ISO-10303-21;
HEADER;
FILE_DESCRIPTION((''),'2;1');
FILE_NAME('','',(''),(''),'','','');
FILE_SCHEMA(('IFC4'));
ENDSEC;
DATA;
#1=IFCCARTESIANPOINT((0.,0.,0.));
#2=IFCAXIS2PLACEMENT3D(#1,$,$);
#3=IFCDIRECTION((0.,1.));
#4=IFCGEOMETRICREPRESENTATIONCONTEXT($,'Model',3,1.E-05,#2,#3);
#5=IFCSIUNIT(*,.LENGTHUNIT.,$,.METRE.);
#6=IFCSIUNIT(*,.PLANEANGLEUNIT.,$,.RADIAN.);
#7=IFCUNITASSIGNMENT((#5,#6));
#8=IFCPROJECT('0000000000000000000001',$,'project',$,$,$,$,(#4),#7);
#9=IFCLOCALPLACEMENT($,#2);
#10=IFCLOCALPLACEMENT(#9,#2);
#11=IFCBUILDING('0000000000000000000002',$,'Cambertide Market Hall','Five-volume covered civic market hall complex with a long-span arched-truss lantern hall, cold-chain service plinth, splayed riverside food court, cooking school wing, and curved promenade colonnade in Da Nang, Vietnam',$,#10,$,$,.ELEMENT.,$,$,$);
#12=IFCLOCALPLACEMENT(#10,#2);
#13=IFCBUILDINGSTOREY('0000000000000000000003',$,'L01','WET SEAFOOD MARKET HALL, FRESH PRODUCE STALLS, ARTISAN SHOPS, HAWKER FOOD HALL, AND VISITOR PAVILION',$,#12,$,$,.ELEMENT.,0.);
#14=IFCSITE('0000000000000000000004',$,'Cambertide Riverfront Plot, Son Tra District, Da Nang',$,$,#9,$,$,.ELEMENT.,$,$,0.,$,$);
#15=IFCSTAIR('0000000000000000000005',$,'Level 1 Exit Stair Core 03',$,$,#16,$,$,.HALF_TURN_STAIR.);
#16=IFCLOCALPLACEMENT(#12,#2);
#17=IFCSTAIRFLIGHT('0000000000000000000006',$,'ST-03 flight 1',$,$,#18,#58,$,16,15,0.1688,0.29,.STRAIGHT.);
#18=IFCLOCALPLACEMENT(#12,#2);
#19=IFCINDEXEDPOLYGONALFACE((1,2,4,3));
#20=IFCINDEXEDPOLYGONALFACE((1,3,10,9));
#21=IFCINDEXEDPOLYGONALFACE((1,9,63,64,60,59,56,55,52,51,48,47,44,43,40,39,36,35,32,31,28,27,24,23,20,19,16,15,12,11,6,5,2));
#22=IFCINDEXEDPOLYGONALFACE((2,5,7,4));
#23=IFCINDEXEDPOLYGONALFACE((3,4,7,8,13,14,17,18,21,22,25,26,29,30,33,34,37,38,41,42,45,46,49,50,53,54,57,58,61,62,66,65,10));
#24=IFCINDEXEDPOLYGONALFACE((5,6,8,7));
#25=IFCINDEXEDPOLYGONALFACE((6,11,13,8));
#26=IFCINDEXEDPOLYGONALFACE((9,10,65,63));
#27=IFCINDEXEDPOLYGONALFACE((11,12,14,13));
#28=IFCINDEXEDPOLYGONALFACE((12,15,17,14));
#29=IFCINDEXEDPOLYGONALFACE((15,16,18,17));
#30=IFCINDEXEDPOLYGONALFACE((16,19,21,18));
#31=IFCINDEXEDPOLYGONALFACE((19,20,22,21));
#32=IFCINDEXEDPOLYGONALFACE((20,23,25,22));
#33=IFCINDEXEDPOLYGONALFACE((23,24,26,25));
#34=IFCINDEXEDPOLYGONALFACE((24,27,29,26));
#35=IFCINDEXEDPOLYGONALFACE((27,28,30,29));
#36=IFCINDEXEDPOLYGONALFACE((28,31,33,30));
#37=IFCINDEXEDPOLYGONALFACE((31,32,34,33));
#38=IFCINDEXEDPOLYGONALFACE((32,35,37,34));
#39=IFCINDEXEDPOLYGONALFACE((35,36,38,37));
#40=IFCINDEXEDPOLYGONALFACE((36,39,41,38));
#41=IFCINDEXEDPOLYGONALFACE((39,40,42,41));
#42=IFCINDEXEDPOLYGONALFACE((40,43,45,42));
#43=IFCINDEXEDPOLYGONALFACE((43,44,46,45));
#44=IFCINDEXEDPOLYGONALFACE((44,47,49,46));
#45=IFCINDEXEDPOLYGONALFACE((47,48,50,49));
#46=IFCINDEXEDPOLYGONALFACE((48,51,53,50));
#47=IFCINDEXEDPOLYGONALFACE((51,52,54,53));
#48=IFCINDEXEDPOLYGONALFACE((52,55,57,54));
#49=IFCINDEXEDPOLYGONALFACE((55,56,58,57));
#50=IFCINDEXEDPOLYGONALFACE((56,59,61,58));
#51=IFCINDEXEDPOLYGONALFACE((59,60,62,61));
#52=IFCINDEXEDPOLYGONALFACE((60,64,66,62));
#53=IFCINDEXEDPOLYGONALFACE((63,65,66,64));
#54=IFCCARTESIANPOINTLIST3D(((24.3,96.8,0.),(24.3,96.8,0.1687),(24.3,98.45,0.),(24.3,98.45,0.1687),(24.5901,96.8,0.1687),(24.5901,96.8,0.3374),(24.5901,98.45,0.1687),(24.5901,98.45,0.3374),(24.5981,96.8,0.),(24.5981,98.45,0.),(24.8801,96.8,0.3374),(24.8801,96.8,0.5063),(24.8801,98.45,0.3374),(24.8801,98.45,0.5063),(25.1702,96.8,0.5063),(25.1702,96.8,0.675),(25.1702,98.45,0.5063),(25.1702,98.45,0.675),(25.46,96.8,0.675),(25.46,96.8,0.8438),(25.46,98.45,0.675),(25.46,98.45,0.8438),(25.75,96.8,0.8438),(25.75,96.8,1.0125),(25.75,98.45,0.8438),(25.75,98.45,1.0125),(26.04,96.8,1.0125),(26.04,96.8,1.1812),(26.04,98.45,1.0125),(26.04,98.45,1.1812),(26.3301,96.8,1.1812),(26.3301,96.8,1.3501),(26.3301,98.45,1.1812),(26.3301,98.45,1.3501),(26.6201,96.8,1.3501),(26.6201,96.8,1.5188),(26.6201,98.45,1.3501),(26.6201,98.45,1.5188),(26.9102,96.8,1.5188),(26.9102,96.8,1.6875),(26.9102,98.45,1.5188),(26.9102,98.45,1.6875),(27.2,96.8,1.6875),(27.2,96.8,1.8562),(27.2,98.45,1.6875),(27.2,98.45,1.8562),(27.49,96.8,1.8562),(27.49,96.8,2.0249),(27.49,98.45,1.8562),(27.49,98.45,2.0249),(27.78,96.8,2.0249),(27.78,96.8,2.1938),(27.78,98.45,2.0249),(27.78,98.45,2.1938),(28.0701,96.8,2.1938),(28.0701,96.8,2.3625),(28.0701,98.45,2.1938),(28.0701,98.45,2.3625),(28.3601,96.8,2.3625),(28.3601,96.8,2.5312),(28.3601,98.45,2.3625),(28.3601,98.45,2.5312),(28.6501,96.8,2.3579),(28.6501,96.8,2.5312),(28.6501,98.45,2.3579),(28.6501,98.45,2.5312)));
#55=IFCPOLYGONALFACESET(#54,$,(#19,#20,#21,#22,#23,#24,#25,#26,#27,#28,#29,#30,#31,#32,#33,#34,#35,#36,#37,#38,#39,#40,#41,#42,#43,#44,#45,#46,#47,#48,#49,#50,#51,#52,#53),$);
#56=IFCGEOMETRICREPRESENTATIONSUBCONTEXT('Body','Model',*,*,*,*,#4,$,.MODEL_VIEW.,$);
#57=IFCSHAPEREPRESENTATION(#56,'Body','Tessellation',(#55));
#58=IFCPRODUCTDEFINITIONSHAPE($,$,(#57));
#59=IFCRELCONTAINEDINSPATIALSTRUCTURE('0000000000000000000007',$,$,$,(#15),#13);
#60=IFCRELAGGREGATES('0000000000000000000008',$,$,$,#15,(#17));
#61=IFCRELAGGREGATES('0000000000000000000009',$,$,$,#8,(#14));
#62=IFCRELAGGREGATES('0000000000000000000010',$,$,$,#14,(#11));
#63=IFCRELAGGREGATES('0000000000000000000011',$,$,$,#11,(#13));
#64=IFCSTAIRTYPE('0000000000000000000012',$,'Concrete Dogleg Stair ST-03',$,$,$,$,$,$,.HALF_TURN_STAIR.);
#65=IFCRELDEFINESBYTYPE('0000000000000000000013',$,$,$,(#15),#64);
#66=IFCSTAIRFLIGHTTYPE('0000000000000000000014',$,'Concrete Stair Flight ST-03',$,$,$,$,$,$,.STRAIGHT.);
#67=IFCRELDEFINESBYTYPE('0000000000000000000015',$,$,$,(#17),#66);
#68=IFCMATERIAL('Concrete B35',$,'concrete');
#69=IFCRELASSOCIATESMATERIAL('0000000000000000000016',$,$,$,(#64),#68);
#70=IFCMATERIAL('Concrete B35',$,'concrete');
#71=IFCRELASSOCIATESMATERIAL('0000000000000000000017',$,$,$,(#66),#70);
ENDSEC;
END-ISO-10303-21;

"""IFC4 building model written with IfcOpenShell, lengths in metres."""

from ifc_helpers import new_model, si_unit, direction, frame, origin, place, context, subcontext, project, spatial, polyline, outline, extrude, material, type_object, element, aggregate, save


model = new_model("IFC4")

# Units and contexts
model_context = context("Model", 3, precision=1e-05, world=origin(), true_north=direction((0.0, 1.0)))
body_context = subcontext(model_context, "Body", "Model", "MODEL_VIEW")
ifc_project = project(units=[si_unit("LENGTHUNIT", "METRE"), si_unit("PLANEANGLEUNIT", "RADIAN")], contexts=[model_context])

# Site, building, storey
site_placement = place(None, origin())
site = spatial("IfcSite", under=ifc_project, at=site_placement, Name="Cambertide Riverfront Plot, Son Tra District, Da Nang", CompositionType="ELEMENT", RefElevation=0.0)
building_placement = place(site_placement, origin())
building = spatial("IfcBuilding", under=site, at=building_placement, Name="Cambertide Market Hall", Description="Five-volume covered civic market hall complex with a long-span arched-truss lantern hall, cold-chain service plinth, splayed riverside food court, cooking school wing, and curved promenade colonnade in Da Nang, Vietnam", CompositionType="ELEMENT")
storey_placement = place(building_placement, origin())
storey = spatial("IfcBuildingStorey", under=building, at=storey_placement, Name="L01", Description="WET SEAFOOD MARKET HALL, FRESH PRODUCE STALLS, ARTISAN SHOPS, HAWKER FOOD HALL, AND VISITOR PAVILION", CompositionType="ELEMENT", Elevation=0.0)

# Stair, stair flight
ifc_material_1 = material(Name="Concrete B35", Category="concrete")
stair_type = type_object("IfcStairType", Name="Concrete Dogleg Stair ST-03", PredefinedType="HALF_TURN_STAIR", material=ifc_material_1)
stair_placement = place(storey_placement, origin())
stair = element("IfcStair", 1, at=stair_placement, inside=storey, type_object=stair_type, Name="Level 1 Exit Stair Core 03", PredefinedType="HALF_TURN_STAIR")
ifc_material_2 = material(Name="Concrete B35", Category="concrete")
stair_flight_type = type_object("IfcStairFlightType", Name="Concrete Stair Flight ST-03", PredefinedType="STRAIGHT", material=ifc_material_2)
stair_flight_placement = place(storey_placement, frame((24.3, 97.625, 0.0), z_axis=(0.0, 0.0, 1.0), x_axis=(1.0, 0.0, 0.0)))
stair_flight = element("IfcStairFlight", 2, at=stair_flight_placement, type_object=stair_flight_type, Name="ST-03 flight 1", NumberOfRisers=16, NumberOfTreads=15, PredefinedType="STRAIGHT", RiserHeight=0.1688, TreadLength=0.29, context=body_context, shape_type="SweptSolid", body=[
    extrude(outline(polyline([(0.0, 0.0), (0.0, 0.1687), (0.29, 0.1687), (0.29, 0.3374), (0.5801, 0.3374), (0.5801, 0.5063), (0.8701, 0.5063), (0.8701, 0.675), (1.1599, 0.675), (1.1599, 0.8438), (1.45, 0.8438), (1.45, 1.0125), (1.74, 1.0125), (1.74, 1.1812), (2.03, 1.1812), (2.03, 1.3501), (2.3201, 1.3501), (2.3201, 1.5188), (2.6101, 1.5188), (2.6101, 1.6875), (2.8999, 1.6875), (2.8999, 1.8562), (3.1899, 1.8562), (3.1899, 2.0249), (3.48, 2.0249), (3.48, 2.1938), (3.77, 2.1938), (3.77, 2.3625), (4.0601, 2.3625), (4.0601, 2.5312), (4.3501, 2.5312), (4.3501, 2.7), (4.3501, 2.3579), (0.2981, 0.0), (0.0, 0.0)])), frame((0.0, 0.825, 0.0), z_axis=(0.0, -1.0, 0.0), x_axis=(1.0, 0.0, 0.0)), (0.0, 0.0, 1.0), 1.6499),
])
aggregate(stair, [stair_flight])

save(model, "model.ifc")
